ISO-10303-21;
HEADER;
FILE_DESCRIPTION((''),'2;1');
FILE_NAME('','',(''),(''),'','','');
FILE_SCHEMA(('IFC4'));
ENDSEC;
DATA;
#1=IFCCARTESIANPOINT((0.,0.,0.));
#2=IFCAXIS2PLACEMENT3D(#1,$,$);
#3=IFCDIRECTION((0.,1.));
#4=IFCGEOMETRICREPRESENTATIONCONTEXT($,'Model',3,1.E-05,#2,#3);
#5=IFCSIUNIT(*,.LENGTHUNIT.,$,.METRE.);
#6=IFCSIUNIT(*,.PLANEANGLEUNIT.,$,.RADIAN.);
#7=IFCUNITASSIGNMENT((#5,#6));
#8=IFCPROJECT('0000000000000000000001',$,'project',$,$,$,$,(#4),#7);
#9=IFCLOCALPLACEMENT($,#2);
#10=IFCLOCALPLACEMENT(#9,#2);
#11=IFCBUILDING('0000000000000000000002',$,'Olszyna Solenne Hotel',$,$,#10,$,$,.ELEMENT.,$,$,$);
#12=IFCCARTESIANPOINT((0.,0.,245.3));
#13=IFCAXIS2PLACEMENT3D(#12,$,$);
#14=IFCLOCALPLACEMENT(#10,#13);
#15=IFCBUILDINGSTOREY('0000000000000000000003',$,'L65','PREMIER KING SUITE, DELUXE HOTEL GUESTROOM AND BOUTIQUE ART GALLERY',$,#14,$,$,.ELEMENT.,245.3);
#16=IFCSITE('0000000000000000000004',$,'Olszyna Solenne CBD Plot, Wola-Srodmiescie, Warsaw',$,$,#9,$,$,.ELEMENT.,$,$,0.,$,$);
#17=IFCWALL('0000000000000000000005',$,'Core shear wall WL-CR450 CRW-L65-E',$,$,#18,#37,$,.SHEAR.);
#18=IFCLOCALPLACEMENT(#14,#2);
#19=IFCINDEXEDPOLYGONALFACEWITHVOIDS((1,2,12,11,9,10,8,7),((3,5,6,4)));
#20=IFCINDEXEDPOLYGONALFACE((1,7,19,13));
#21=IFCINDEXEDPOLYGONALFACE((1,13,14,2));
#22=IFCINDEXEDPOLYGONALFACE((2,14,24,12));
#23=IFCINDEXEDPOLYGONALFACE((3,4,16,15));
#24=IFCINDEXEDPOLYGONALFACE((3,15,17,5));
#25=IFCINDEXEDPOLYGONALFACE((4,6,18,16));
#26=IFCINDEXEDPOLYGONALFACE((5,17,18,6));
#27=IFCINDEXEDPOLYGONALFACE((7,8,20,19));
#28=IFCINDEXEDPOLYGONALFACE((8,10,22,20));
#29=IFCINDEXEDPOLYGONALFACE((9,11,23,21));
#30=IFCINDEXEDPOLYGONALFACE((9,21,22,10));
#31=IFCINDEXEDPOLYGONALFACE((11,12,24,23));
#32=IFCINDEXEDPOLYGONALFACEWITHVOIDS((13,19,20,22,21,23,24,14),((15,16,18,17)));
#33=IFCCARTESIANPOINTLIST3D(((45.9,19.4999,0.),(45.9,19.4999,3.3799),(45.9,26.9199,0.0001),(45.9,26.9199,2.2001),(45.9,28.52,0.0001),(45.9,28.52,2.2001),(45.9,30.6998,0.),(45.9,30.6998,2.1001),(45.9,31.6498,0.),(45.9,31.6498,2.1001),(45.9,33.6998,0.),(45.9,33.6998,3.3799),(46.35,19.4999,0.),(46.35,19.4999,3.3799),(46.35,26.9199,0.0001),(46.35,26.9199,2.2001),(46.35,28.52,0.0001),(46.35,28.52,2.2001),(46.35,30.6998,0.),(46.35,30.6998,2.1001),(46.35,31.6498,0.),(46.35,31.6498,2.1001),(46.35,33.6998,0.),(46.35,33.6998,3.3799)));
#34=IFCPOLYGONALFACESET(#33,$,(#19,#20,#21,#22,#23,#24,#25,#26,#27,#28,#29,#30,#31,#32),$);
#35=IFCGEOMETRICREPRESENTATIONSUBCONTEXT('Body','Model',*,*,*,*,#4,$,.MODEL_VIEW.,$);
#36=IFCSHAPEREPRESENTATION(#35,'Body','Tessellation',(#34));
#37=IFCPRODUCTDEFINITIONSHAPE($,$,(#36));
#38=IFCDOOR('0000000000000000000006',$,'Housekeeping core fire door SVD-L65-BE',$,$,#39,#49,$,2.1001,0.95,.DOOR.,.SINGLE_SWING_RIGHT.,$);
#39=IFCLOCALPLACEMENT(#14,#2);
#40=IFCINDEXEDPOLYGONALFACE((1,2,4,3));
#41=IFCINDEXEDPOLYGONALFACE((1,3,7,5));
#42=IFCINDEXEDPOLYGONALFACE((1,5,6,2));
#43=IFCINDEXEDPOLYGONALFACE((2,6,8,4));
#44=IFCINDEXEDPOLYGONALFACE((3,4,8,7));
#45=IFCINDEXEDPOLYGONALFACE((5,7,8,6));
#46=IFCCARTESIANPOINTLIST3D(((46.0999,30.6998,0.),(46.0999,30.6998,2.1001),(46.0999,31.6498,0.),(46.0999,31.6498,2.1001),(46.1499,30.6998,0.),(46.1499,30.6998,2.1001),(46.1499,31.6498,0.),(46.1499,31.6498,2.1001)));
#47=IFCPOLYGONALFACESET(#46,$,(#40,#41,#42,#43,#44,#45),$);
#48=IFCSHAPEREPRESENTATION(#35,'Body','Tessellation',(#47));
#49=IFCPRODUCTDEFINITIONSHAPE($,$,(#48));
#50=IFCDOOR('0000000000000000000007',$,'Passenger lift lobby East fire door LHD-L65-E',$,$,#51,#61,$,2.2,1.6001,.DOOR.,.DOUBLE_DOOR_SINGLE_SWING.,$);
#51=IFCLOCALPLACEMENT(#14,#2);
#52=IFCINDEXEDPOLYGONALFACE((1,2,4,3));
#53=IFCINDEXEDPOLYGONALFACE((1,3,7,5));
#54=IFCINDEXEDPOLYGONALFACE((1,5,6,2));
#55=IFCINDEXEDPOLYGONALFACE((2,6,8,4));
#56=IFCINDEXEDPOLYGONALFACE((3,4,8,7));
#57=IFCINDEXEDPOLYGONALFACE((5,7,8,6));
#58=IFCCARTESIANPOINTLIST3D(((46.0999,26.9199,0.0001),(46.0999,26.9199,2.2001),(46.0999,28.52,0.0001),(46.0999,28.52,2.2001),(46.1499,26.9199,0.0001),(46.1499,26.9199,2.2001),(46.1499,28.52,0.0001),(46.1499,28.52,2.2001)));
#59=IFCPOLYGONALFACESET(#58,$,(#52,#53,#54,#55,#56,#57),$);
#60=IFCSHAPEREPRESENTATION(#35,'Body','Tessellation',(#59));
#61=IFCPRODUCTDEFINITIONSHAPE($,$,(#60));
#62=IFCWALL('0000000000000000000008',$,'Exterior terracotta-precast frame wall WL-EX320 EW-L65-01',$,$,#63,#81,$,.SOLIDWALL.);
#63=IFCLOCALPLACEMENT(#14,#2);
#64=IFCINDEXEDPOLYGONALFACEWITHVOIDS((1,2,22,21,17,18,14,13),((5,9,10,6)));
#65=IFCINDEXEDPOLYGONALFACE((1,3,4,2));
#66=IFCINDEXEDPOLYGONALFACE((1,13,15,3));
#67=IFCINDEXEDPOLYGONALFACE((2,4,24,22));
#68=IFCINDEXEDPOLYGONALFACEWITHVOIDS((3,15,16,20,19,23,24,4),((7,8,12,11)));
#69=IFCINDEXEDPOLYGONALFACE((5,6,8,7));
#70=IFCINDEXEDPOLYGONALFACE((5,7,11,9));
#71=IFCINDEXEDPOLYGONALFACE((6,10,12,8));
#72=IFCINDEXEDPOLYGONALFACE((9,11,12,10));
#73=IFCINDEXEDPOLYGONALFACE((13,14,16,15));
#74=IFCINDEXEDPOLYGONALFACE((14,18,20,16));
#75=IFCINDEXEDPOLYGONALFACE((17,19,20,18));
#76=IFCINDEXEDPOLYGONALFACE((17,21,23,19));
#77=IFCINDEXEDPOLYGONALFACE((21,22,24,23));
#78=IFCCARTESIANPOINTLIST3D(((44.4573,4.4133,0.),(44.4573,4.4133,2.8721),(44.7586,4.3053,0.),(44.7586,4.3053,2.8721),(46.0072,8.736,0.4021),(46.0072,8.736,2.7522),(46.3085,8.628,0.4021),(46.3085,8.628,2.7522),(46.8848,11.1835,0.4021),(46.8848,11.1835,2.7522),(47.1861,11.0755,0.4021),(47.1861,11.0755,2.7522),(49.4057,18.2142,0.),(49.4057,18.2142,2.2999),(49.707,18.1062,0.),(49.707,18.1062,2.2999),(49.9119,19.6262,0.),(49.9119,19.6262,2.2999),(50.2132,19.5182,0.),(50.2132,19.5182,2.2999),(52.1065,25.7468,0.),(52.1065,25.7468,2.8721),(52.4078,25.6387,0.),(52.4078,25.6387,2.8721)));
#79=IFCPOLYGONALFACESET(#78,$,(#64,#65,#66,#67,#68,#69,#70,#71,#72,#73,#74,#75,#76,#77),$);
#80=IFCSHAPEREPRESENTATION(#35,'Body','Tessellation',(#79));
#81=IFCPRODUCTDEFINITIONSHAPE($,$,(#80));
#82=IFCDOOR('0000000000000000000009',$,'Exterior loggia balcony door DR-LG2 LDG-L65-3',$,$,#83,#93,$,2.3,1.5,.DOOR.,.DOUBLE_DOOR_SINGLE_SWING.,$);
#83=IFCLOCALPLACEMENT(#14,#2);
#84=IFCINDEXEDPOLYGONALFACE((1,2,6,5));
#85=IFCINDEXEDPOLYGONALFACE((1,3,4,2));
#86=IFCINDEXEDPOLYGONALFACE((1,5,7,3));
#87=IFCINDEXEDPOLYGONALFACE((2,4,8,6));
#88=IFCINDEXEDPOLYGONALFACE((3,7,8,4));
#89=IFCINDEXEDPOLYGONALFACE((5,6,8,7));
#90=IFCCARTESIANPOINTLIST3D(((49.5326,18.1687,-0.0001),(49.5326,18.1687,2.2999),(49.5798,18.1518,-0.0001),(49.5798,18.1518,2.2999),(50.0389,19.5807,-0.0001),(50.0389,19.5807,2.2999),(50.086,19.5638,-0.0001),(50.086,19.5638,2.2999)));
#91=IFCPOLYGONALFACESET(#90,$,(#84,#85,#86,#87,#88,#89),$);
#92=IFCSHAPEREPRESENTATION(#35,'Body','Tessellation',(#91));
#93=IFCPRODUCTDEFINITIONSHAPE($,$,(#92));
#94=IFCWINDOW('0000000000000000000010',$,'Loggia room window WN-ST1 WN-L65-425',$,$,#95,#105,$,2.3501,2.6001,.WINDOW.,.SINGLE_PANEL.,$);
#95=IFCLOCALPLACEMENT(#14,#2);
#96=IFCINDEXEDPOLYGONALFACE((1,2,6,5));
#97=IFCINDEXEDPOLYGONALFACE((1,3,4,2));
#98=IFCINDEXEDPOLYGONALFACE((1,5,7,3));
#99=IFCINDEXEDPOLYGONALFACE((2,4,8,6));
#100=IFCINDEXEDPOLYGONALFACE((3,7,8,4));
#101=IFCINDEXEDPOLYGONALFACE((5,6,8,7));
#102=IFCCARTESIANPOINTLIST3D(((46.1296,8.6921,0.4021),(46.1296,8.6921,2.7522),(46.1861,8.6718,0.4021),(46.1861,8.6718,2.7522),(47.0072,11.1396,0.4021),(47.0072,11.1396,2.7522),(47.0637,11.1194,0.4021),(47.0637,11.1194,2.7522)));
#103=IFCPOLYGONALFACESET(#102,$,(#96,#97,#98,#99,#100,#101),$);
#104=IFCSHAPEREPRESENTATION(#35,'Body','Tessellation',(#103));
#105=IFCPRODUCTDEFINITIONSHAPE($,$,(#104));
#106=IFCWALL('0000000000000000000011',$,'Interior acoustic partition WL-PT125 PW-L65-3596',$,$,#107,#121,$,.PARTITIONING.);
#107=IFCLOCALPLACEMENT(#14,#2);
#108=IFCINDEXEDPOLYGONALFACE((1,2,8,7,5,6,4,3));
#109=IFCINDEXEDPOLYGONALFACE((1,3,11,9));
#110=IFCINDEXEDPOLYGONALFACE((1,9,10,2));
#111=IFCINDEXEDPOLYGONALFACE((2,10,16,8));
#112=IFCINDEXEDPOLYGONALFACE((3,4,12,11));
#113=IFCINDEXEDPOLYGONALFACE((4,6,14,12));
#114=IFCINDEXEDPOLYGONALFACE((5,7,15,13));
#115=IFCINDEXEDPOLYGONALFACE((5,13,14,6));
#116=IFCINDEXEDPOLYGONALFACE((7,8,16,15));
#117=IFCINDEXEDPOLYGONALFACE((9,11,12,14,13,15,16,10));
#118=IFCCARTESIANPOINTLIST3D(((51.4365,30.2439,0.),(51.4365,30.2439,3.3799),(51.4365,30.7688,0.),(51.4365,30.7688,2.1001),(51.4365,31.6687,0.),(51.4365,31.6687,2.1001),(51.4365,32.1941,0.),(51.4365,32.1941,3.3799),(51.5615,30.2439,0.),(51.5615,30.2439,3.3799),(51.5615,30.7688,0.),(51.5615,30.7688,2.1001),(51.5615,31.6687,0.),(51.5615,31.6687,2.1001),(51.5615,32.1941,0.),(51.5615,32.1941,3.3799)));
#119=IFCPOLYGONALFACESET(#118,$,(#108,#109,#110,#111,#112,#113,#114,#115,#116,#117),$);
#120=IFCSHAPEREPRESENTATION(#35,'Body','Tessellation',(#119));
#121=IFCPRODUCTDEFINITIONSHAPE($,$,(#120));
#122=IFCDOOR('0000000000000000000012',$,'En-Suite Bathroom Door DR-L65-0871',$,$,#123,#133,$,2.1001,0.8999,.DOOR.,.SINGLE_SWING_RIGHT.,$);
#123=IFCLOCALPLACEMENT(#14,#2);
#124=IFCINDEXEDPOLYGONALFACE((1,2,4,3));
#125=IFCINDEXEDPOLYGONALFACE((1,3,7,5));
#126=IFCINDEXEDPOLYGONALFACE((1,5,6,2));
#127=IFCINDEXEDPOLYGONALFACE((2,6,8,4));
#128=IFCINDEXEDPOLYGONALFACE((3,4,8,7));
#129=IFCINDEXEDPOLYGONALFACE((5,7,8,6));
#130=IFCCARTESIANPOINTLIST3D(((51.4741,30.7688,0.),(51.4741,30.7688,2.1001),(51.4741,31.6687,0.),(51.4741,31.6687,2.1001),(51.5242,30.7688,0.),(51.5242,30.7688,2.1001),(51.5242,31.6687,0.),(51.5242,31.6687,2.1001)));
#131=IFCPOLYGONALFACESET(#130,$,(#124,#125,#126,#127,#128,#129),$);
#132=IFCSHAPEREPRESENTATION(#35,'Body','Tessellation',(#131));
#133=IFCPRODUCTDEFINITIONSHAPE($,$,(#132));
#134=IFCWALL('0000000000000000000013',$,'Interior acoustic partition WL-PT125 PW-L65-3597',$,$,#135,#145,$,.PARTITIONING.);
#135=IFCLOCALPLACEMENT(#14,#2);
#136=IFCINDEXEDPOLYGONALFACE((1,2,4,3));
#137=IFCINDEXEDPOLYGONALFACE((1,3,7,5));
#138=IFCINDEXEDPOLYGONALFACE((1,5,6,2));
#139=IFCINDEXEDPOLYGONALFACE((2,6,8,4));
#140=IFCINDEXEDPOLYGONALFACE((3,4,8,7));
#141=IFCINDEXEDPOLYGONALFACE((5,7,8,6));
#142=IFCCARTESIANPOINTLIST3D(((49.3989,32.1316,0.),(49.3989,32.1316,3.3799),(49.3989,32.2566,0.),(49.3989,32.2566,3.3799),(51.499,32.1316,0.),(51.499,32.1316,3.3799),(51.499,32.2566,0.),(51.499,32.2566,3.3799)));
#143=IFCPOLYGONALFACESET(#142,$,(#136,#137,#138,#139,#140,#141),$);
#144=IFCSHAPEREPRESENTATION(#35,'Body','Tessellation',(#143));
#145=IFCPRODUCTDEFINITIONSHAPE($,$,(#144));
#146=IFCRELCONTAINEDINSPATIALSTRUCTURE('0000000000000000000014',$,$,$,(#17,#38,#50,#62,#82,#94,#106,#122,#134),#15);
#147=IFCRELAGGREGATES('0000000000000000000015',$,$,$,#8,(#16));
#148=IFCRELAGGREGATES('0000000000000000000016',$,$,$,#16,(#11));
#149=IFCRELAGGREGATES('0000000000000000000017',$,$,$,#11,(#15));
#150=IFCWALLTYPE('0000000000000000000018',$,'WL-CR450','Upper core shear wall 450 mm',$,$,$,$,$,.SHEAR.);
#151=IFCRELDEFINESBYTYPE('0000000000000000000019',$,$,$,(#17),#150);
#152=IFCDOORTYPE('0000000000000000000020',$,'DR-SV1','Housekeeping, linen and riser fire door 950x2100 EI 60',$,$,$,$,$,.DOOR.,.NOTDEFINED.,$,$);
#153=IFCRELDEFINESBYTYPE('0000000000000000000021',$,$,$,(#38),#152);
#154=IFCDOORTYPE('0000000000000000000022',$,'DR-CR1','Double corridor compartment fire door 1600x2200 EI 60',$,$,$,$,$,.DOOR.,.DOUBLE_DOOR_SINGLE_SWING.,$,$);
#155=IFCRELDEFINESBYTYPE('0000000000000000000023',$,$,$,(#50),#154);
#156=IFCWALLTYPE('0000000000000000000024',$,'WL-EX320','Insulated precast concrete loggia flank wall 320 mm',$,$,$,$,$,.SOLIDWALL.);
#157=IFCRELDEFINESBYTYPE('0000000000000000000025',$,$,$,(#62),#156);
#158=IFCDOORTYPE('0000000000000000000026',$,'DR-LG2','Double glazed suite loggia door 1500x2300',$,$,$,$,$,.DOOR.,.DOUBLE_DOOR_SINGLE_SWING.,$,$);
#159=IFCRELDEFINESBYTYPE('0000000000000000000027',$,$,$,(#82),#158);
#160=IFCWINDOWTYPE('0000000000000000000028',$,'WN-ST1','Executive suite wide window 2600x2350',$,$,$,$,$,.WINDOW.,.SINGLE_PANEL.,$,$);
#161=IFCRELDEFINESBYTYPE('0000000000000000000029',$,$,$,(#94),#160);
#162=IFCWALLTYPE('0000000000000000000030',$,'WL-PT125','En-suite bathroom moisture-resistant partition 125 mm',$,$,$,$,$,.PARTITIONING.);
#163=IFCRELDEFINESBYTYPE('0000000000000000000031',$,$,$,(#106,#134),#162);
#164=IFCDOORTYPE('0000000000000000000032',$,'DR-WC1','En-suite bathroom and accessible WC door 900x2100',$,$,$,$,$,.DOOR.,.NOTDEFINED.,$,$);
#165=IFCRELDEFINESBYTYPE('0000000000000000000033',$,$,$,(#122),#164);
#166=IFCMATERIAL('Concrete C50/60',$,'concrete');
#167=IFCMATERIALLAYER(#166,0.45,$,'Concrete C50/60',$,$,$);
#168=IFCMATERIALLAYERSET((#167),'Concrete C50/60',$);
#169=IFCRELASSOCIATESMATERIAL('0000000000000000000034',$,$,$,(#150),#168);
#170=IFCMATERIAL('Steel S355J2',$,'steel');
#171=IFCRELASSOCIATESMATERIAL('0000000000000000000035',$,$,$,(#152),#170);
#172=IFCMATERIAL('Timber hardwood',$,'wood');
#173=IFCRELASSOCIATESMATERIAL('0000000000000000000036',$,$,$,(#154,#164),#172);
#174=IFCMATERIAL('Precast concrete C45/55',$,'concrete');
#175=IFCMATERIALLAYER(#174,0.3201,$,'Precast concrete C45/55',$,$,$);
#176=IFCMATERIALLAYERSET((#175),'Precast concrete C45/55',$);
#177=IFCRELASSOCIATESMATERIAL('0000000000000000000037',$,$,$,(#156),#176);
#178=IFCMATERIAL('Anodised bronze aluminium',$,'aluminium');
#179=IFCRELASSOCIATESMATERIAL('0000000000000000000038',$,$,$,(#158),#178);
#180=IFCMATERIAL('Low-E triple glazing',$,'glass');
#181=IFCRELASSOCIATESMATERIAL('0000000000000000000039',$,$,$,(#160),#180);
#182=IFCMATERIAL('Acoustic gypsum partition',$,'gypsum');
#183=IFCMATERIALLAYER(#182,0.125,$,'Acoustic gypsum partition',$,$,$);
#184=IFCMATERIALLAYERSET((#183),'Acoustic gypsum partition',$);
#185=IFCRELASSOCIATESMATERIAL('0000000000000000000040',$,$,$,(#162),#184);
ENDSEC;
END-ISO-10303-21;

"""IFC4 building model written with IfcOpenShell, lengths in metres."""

from ifc_helpers import new_model, si_unit, direction, frame, frame_2d, origin, place, context, subcontext, project, spatial, rectangle, extrude, source, transform, mapped, material, layer, layer_set, type_object, type_shapes, element, fill, save


model = new_model("IFC4")

# Units and contexts
model_context = context("Model", 3, precision=1e-05, world=origin(), true_north=direction((0.0, 1.0)))
body_context = subcontext(model_context, "Body", "Model", "MODEL_VIEW")
ifc_project = project(units=[si_unit("LENGTHUNIT", "METRE"), si_unit("PLANEANGLEUNIT", "RADIAN")], contexts=[model_context])

# Site, building, storey
site_placement = place(None, origin())
site = spatial("IfcSite", under=ifc_project, at=site_placement, Name="Olszyna Solenne CBD Plot, Wola-Srodmiescie, Warsaw", CompositionType="ELEMENT", RefElevation=0.0)
building_placement = place(site_placement, origin())
building = spatial("IfcBuilding", under=site, at=building_placement, Name="Olszyna Solenne Hotel", CompositionType="ELEMENT")
storey_placement = place(building_placement, frame((0.0, 0.0, 245.3)))
storey = spatial("IfcBuildingStorey", under=building, at=storey_placement, Name="L65", Description="PREMIER KING SUITE, DELUXE HOTEL GUESTROOM AND BOUTIQUE ART GALLERY", CompositionType="ELEMENT", Elevation=245.3)

# Shared definitions
ifc_material_1 = material(Name="Steel S355J2", Category="steel")

# Wall, openings, doors
ifc_material_2 = material(Name="Concrete C50/60", Category="concrete")
ifc_layer_1 = layer(ifc_material_2, 0.45, Name="Concrete C50/60")
ifc_layer_set_1 = layer_set([ifc_layer_1], Name="Concrete C50/60")
wall_type_1 = type_object("IfcWallType", Name="WL-CR450", Description="Upper core shear wall 450 mm", PredefinedType="SHEAR", material=ifc_layer_set_1)
wall_1_placement = place(storey_placement, frame((46.125, 33.7, 0.0), z_axis=(0.0, 0.0, 1.0), x_axis=(0.0, -1.0, 0.0)))
wall_1 = element("IfcWall", 1, at=wall_1_placement, inside=storey, type_object=wall_type_1, Name="Core shear wall WL-CR450 CRW-L65-E", PredefinedType="SHEAR", context=body_context, shape_type="SweptSolid", body=[
    extrude(rectangle(XDim=14.2, YDim=0.45, at=frame_2d((7.1001, 0.0))), origin(), (0.0, 0.0, 1.0), 3.3799),
])
opening_1_placement = place(wall_1_placement, frame((5.1799, 0.0, 0.0)))
opening_1 = element("IfcOpeningElement", 2, at=opening_1_placement, cuts=wall_1, PredefinedType="OPENING", context=body_context, shape_type="SweptSolid", body=[
    extrude(rectangle(XDim=1.6001, YDim=2.2, at=frame_2d((0.8, 1.1001))), frame((0.0, 0.2349, 0.0), z_axis=(0.0, -1.0, 0.0), x_axis=(1.0, 0.0, 0.0)), (0.0, 0.0, 1.0), 0.47),
])
opening_2_placement = place(wall_1_placement, frame((2.05, 0.0, 0.0)))
opening_2 = element("IfcOpeningElement", 3, at=opening_2_placement, cuts=wall_1, PredefinedType="OPENING", context=body_context, shape_type="SweptSolid", body=[
    extrude(rectangle(XDim=0.95, YDim=2.1001, at=frame_2d((0.4751, 1.05))), frame((0.0, 0.2349, 0.0), z_axis=(0.0, -1.0, 0.0), x_axis=(1.0, 0.0, 0.0)), (0.0, 0.0, 1.0), 0.47),
])
door_type_1 = type_object("IfcDoorType", Name="DR-SV1", Description="Housekeeping, linen and riser fire door 950x2100 EI 60", OperationType="NOTDEFINED", PredefinedType="DOOR", material=ifc_material_1)
shared_shape_1 = source(origin(), body_context, "Body", "SweptSolid", [
    extrude(rectangle(XDim=0.95, YDim=2.1001, at=frame_2d((0.4751, 1.05))), frame((0.0, 0.0249, 0.0), z_axis=(0.0, -1.0, 0.0), x_axis=(1.0, 0.0, 0.0)), (0.0, 0.0, 1.0), 0.05),
])
type_shapes(door_type_1, [shared_shape_1])
door_1_placement = place(opening_2_placement, origin())
door_1 = element("IfcDoor", 4, at=door_1_placement, inside=storey, type_object=door_type_1, Name="Housekeeping core fire door SVD-L65-BE", OperationType="SINGLE_SWING_RIGHT", OverallHeight=2.1001, OverallWidth=0.95, PredefinedType="DOOR", context=body_context, shape_type="MappedRepresentation", body=[
    mapped(shared_shape_1, transform((0.0, 0.0, 0.0), x_axis=(1.0, 0.0, 0.0), y_axis=(0.0, 1.0, 0.0), z_axis=(0.0, 0.0, 1.0), scale=1.0)),
])
fill(opening_2, door_1)
ifc_material_3 = material(Name="Timber hardwood", Category="wood")
door_type_2 = type_object("IfcDoorType", Name="DR-CR1", Description="Double corridor compartment fire door 1600x2200 EI 60", OperationType="DOUBLE_DOOR_SINGLE_SWING", PredefinedType="DOOR", material=ifc_material_3)
shared_shape_2 = source(origin(), body_context, "Body", "SweptSolid", [
    extrude(rectangle(XDim=1.6001, YDim=2.2, at=frame_2d((0.8, 1.1001))), frame((0.0, 0.0249, 0.0), z_axis=(0.0, -1.0, 0.0), x_axis=(1.0, 0.0, 0.0)), (0.0, 0.0, 1.0), 0.05),
])
type_shapes(door_type_2, [shared_shape_2])
door_2_placement = place(opening_1_placement, origin())
door_2 = element("IfcDoor", 5, at=door_2_placement, inside=storey, type_object=door_type_2, Name="Passenger lift lobby East fire door LHD-L65-E", OperationType="DOUBLE_DOOR_SINGLE_SWING", OverallHeight=2.2, OverallWidth=1.6001, PredefinedType="DOOR", context=body_context, shape_type="MappedRepresentation", body=[
    mapped(shared_shape_2, transform((0.0, 0.0, 0.0), x_axis=(1.0, 0.0, 0.0), y_axis=(0.0, 1.0, 0.0), z_axis=(0.0, 0.0, 1.0), scale=1.0)),
])
fill(opening_1, door_2)

# Wall, openings, door, window
ifc_material_4 = material(Name="Precast concrete C45/55", Category="concrete")
ifc_layer_2 = layer(ifc_material_4, 0.3201, Name="Precast concrete C45/55")
ifc_layer_set_2 = layer_set([ifc_layer_2], Name="Precast concrete C45/55")
wall_type_2 = type_object("IfcWallType", Name="WL-EX320", Description="Insulated precast concrete loggia flank wall 320 mm", PredefinedType="SOLIDWALL", material=ifc_layer_set_2)
wall_2_placement = place(storey_placement, frame((52.2571, 25.6926, 0.0), z_axis=(0.0, 0.0, 1.0), x_axis=(-0.337513, -0.941321, 0.0)))
wall_2 = element("IfcWall", 6, at=wall_2_placement, inside=storey, type_object=wall_type_2, Name="Exterior terracotta-precast frame wall WL-EX320 EW-L65-01", PredefinedType="SOLIDWALL", context=body_context, shape_type="SweptSolid", body=[
    extrude(rectangle(XDim=22.6633, YDim=0.3201, at=frame_2d((11.3315, 0.0))), origin(), (0.0, 0.0, 1.0), 2.8721),
])
opening_3_placement = place(wall_2_placement, frame((6.502, 0.0, 0.0)))
opening_3 = element("IfcOpeningElement", 7, at=opening_3_placement, cuts=wall_2, PredefinedType="OPENING", context=body_context, shape_type="SweptSolid", body=[
    extrude(rectangle(XDim=1.5, YDim=2.3, at=frame_2d((0.75, 1.1499))), frame((0.0, 0.1699, 0.0), z_axis=(0.0, -1.0, 0.0), x_axis=(1.0, 0.0, 0.0)), (0.0, 0.0, 1.0), 0.3401),
])
opening_4_placement = place(wall_2_placement, frame((15.4709, 0.0, 0.4021)))
opening_4 = element("IfcOpeningElement", 8, at=opening_4_placement, cuts=wall_2, PredefinedType="OPENING", context=body_context, shape_type="SweptSolid", body=[
    extrude(rectangle(XDim=2.6001, YDim=2.3501, at=frame_2d((1.3, 1.175))), frame((0.0, 0.1699, 0.0), z_axis=(0.0, -1.0, 0.0), x_axis=(1.0, 0.0, 0.0)), (0.0, 0.0, 1.0), 0.3401),
])
ifc_material_5 = material(Name="Anodised bronze aluminium", Category="aluminium")
door_type_3 = type_object("IfcDoorType", Name="DR-LG2", Description="Double glazed suite loggia door 1500x2300", OperationType="DOUBLE_DOOR_SINGLE_SWING", PredefinedType="DOOR", material=ifc_material_5)
shared_shape_3 = source(origin(), body_context, "Body", "SweptSolid", [
    extrude(rectangle(XDim=1.5, YDim=2.3, at=frame_2d((0.75, 1.1499))), frame((0.0, 0.0249, 0.0), z_axis=(0.0, -1.0, 0.0), x_axis=(1.0, 0.0, 0.0)), (0.0, 0.0, 1.0), 0.05),
])
type_shapes(door_type_3, [shared_shape_3])
door_3_placement = place(opening_3_placement, origin())
door_3 = element("IfcDoor", 9, at=door_3_placement, inside=storey, type_object=door_type_3, Name="Exterior loggia balcony door DR-LG2 LDG-L65-3", OperationType="DOUBLE_DOOR_SINGLE_SWING", OverallHeight=2.3, OverallWidth=1.5, PredefinedType="DOOR", context=body_context, shape_type="MappedRepresentation", body=[
    mapped(shared_shape_3, transform((0.0, 0.0, 0.0), x_axis=(1.0, 0.0, 0.0), y_axis=(0.0, 1.0, 0.0), z_axis=(0.0, 0.0, 1.0), scale=1.0)),
])
fill(opening_3, door_3)
ifc_material_6 = material(Name="Low-E triple glazing", Category="glass")
window_type = type_object("IfcWindowType", Name="WN-ST1", Description="Executive suite wide window 2600x2350", PartitioningType="SINGLE_PANEL", PredefinedType="WINDOW", material=ifc_material_6)
shared_shape_4 = source(origin(), body_context, "Body", "SweptSolid", [
    extrude(rectangle(XDim=2.6001, YDim=2.3501, at=frame_2d((1.3, 1.175))), frame((0.0, 0.03, 0.0), z_axis=(0.0, -1.0, 0.0), x_axis=(1.0, 0.0, 0.0)), (0.0, 0.0, 1.0), 0.0601),
])
type_shapes(window_type, [shared_shape_4])
window_placement = place(opening_4_placement, origin())
window = element("IfcWindow", 10, at=window_placement, inside=storey, type_object=window_type, Name="Loggia room window WN-ST1 WN-L65-425", OverallHeight=2.3501, OverallWidth=2.6001, PartitioningType="SINGLE_PANEL", PredefinedType="WINDOW", context=body_context, shape_type="MappedRepresentation", body=[
    mapped(shared_shape_4, transform((0.0, 0.0, 0.0), x_axis=(1.0, 0.0, 0.0), y_axis=(0.0, 1.0, 0.0), z_axis=(0.0, 0.0, 1.0), scale=1.0)),
])
fill(opening_4, window)

# Wall, opening, door
ifc_material_7 = material(Name="Acoustic gypsum partition", Category="gypsum")
ifc_layer_3 = layer(ifc_material_7, 0.125, Name="Acoustic gypsum partition")
ifc_layer_set_3 = layer_set([ifc_layer_3], Name="Acoustic gypsum partition")
wall_type_3 = type_object("IfcWallType", Name="WL-PT125", Description="En-suite bathroom moisture-resistant partition 125 mm", PredefinedType="PARTITIONING", material=ifc_layer_set_3)
wall_3_placement = place(storey_placement, frame((51.499, 30.2439, 0.0), z_axis=(0.0, 0.0, 1.0), x_axis=(0.0, 1.0, 0.0)))
wall_3 = element("IfcWall", 11, at=wall_3_placement, inside=storey, type_object=wall_type_3, Name="Interior acoustic partition WL-PT125 PW-L65-3596", PredefinedType="PARTITIONING", context=body_context, shape_type="SweptSolid", body=[
    extrude(rectangle(XDim=1.9502, YDim=0.125, at=frame_2d((0.9751, 0.0))), origin(), (0.0, 0.0, 1.0), 3.3799),
])
opening_5_placement = place(wall_3_placement, frame((0.5249, 0.0, 0.0)))
opening_5 = element("IfcOpeningElement", 12, at=opening_5_placement, cuts=wall_3, PredefinedType="OPENING", context=body_context, shape_type="SweptSolid", body=[
    extrude(rectangle(XDim=0.8999, YDim=2.1001, at=frame_2d((0.45, 1.05))), frame((0.0, 0.0725, 0.0), z_axis=(0.0, -1.0, 0.0), x_axis=(1.0, 0.0, 0.0)), (0.0, 0.0, 1.0), 0.145),
])
door_type_4 = type_object("IfcDoorType", Name="DR-WC1", Description="En-suite bathroom and accessible WC door 900x2100", OperationType="NOTDEFINED", PredefinedType="DOOR", material=ifc_material_3)
shared_shape_5 = source(origin(), body_context, "Body", "SweptSolid", [
    extrude(rectangle(XDim=0.8999, YDim=2.1001, at=frame_2d((0.45, 1.05))), frame((0.0, 0.0249, 0.0), z_axis=(0.0, -1.0, 0.0), x_axis=(1.0, 0.0, 0.0)), (0.0, 0.0, 1.0), 0.05),
])
type_shapes(door_type_4, [shared_shape_5])
door_4_placement = place(opening_5_placement, origin())
door_4 = element("IfcDoor", 13, at=door_4_placement, inside=storey, type_object=door_type_4, Name="En-Suite Bathroom Door DR-L65-0871", OperationType="SINGLE_SWING_RIGHT", OverallHeight=2.1001, OverallWidth=0.8999, PredefinedType="DOOR", context=body_context, shape_type="MappedRepresentation", body=[
    mapped(shared_shape_5, transform((0.0, 0.0, 0.0), x_axis=(1.0, 0.0, 0.0), y_axis=(0.0, 1.0, 0.0), z_axis=(0.0, 0.0, 1.0), scale=1.0)),
])
fill(opening_5, door_4)

# Wall
wall_4_placement = place(storey_placement, frame((51.499, 32.1941, 0.0), z_axis=(0.0, 0.0, 1.0), x_axis=(-1.0, 0.0, 0.0)))
element("IfcWall", 14, at=wall_4_placement, inside=storey, type_object=wall_type_3, Name="Interior acoustic partition WL-PT125 PW-L65-3597", PredefinedType="PARTITIONING", context=body_context, shape_type="SweptSolid", body=[
    extrude(rectangle(XDim=2.1001, YDim=0.125, at=frame_2d((1.05, 0.0))), origin(), (0.0, 0.0, 1.0), 3.3799),
])

save(model, "model.ifc")
